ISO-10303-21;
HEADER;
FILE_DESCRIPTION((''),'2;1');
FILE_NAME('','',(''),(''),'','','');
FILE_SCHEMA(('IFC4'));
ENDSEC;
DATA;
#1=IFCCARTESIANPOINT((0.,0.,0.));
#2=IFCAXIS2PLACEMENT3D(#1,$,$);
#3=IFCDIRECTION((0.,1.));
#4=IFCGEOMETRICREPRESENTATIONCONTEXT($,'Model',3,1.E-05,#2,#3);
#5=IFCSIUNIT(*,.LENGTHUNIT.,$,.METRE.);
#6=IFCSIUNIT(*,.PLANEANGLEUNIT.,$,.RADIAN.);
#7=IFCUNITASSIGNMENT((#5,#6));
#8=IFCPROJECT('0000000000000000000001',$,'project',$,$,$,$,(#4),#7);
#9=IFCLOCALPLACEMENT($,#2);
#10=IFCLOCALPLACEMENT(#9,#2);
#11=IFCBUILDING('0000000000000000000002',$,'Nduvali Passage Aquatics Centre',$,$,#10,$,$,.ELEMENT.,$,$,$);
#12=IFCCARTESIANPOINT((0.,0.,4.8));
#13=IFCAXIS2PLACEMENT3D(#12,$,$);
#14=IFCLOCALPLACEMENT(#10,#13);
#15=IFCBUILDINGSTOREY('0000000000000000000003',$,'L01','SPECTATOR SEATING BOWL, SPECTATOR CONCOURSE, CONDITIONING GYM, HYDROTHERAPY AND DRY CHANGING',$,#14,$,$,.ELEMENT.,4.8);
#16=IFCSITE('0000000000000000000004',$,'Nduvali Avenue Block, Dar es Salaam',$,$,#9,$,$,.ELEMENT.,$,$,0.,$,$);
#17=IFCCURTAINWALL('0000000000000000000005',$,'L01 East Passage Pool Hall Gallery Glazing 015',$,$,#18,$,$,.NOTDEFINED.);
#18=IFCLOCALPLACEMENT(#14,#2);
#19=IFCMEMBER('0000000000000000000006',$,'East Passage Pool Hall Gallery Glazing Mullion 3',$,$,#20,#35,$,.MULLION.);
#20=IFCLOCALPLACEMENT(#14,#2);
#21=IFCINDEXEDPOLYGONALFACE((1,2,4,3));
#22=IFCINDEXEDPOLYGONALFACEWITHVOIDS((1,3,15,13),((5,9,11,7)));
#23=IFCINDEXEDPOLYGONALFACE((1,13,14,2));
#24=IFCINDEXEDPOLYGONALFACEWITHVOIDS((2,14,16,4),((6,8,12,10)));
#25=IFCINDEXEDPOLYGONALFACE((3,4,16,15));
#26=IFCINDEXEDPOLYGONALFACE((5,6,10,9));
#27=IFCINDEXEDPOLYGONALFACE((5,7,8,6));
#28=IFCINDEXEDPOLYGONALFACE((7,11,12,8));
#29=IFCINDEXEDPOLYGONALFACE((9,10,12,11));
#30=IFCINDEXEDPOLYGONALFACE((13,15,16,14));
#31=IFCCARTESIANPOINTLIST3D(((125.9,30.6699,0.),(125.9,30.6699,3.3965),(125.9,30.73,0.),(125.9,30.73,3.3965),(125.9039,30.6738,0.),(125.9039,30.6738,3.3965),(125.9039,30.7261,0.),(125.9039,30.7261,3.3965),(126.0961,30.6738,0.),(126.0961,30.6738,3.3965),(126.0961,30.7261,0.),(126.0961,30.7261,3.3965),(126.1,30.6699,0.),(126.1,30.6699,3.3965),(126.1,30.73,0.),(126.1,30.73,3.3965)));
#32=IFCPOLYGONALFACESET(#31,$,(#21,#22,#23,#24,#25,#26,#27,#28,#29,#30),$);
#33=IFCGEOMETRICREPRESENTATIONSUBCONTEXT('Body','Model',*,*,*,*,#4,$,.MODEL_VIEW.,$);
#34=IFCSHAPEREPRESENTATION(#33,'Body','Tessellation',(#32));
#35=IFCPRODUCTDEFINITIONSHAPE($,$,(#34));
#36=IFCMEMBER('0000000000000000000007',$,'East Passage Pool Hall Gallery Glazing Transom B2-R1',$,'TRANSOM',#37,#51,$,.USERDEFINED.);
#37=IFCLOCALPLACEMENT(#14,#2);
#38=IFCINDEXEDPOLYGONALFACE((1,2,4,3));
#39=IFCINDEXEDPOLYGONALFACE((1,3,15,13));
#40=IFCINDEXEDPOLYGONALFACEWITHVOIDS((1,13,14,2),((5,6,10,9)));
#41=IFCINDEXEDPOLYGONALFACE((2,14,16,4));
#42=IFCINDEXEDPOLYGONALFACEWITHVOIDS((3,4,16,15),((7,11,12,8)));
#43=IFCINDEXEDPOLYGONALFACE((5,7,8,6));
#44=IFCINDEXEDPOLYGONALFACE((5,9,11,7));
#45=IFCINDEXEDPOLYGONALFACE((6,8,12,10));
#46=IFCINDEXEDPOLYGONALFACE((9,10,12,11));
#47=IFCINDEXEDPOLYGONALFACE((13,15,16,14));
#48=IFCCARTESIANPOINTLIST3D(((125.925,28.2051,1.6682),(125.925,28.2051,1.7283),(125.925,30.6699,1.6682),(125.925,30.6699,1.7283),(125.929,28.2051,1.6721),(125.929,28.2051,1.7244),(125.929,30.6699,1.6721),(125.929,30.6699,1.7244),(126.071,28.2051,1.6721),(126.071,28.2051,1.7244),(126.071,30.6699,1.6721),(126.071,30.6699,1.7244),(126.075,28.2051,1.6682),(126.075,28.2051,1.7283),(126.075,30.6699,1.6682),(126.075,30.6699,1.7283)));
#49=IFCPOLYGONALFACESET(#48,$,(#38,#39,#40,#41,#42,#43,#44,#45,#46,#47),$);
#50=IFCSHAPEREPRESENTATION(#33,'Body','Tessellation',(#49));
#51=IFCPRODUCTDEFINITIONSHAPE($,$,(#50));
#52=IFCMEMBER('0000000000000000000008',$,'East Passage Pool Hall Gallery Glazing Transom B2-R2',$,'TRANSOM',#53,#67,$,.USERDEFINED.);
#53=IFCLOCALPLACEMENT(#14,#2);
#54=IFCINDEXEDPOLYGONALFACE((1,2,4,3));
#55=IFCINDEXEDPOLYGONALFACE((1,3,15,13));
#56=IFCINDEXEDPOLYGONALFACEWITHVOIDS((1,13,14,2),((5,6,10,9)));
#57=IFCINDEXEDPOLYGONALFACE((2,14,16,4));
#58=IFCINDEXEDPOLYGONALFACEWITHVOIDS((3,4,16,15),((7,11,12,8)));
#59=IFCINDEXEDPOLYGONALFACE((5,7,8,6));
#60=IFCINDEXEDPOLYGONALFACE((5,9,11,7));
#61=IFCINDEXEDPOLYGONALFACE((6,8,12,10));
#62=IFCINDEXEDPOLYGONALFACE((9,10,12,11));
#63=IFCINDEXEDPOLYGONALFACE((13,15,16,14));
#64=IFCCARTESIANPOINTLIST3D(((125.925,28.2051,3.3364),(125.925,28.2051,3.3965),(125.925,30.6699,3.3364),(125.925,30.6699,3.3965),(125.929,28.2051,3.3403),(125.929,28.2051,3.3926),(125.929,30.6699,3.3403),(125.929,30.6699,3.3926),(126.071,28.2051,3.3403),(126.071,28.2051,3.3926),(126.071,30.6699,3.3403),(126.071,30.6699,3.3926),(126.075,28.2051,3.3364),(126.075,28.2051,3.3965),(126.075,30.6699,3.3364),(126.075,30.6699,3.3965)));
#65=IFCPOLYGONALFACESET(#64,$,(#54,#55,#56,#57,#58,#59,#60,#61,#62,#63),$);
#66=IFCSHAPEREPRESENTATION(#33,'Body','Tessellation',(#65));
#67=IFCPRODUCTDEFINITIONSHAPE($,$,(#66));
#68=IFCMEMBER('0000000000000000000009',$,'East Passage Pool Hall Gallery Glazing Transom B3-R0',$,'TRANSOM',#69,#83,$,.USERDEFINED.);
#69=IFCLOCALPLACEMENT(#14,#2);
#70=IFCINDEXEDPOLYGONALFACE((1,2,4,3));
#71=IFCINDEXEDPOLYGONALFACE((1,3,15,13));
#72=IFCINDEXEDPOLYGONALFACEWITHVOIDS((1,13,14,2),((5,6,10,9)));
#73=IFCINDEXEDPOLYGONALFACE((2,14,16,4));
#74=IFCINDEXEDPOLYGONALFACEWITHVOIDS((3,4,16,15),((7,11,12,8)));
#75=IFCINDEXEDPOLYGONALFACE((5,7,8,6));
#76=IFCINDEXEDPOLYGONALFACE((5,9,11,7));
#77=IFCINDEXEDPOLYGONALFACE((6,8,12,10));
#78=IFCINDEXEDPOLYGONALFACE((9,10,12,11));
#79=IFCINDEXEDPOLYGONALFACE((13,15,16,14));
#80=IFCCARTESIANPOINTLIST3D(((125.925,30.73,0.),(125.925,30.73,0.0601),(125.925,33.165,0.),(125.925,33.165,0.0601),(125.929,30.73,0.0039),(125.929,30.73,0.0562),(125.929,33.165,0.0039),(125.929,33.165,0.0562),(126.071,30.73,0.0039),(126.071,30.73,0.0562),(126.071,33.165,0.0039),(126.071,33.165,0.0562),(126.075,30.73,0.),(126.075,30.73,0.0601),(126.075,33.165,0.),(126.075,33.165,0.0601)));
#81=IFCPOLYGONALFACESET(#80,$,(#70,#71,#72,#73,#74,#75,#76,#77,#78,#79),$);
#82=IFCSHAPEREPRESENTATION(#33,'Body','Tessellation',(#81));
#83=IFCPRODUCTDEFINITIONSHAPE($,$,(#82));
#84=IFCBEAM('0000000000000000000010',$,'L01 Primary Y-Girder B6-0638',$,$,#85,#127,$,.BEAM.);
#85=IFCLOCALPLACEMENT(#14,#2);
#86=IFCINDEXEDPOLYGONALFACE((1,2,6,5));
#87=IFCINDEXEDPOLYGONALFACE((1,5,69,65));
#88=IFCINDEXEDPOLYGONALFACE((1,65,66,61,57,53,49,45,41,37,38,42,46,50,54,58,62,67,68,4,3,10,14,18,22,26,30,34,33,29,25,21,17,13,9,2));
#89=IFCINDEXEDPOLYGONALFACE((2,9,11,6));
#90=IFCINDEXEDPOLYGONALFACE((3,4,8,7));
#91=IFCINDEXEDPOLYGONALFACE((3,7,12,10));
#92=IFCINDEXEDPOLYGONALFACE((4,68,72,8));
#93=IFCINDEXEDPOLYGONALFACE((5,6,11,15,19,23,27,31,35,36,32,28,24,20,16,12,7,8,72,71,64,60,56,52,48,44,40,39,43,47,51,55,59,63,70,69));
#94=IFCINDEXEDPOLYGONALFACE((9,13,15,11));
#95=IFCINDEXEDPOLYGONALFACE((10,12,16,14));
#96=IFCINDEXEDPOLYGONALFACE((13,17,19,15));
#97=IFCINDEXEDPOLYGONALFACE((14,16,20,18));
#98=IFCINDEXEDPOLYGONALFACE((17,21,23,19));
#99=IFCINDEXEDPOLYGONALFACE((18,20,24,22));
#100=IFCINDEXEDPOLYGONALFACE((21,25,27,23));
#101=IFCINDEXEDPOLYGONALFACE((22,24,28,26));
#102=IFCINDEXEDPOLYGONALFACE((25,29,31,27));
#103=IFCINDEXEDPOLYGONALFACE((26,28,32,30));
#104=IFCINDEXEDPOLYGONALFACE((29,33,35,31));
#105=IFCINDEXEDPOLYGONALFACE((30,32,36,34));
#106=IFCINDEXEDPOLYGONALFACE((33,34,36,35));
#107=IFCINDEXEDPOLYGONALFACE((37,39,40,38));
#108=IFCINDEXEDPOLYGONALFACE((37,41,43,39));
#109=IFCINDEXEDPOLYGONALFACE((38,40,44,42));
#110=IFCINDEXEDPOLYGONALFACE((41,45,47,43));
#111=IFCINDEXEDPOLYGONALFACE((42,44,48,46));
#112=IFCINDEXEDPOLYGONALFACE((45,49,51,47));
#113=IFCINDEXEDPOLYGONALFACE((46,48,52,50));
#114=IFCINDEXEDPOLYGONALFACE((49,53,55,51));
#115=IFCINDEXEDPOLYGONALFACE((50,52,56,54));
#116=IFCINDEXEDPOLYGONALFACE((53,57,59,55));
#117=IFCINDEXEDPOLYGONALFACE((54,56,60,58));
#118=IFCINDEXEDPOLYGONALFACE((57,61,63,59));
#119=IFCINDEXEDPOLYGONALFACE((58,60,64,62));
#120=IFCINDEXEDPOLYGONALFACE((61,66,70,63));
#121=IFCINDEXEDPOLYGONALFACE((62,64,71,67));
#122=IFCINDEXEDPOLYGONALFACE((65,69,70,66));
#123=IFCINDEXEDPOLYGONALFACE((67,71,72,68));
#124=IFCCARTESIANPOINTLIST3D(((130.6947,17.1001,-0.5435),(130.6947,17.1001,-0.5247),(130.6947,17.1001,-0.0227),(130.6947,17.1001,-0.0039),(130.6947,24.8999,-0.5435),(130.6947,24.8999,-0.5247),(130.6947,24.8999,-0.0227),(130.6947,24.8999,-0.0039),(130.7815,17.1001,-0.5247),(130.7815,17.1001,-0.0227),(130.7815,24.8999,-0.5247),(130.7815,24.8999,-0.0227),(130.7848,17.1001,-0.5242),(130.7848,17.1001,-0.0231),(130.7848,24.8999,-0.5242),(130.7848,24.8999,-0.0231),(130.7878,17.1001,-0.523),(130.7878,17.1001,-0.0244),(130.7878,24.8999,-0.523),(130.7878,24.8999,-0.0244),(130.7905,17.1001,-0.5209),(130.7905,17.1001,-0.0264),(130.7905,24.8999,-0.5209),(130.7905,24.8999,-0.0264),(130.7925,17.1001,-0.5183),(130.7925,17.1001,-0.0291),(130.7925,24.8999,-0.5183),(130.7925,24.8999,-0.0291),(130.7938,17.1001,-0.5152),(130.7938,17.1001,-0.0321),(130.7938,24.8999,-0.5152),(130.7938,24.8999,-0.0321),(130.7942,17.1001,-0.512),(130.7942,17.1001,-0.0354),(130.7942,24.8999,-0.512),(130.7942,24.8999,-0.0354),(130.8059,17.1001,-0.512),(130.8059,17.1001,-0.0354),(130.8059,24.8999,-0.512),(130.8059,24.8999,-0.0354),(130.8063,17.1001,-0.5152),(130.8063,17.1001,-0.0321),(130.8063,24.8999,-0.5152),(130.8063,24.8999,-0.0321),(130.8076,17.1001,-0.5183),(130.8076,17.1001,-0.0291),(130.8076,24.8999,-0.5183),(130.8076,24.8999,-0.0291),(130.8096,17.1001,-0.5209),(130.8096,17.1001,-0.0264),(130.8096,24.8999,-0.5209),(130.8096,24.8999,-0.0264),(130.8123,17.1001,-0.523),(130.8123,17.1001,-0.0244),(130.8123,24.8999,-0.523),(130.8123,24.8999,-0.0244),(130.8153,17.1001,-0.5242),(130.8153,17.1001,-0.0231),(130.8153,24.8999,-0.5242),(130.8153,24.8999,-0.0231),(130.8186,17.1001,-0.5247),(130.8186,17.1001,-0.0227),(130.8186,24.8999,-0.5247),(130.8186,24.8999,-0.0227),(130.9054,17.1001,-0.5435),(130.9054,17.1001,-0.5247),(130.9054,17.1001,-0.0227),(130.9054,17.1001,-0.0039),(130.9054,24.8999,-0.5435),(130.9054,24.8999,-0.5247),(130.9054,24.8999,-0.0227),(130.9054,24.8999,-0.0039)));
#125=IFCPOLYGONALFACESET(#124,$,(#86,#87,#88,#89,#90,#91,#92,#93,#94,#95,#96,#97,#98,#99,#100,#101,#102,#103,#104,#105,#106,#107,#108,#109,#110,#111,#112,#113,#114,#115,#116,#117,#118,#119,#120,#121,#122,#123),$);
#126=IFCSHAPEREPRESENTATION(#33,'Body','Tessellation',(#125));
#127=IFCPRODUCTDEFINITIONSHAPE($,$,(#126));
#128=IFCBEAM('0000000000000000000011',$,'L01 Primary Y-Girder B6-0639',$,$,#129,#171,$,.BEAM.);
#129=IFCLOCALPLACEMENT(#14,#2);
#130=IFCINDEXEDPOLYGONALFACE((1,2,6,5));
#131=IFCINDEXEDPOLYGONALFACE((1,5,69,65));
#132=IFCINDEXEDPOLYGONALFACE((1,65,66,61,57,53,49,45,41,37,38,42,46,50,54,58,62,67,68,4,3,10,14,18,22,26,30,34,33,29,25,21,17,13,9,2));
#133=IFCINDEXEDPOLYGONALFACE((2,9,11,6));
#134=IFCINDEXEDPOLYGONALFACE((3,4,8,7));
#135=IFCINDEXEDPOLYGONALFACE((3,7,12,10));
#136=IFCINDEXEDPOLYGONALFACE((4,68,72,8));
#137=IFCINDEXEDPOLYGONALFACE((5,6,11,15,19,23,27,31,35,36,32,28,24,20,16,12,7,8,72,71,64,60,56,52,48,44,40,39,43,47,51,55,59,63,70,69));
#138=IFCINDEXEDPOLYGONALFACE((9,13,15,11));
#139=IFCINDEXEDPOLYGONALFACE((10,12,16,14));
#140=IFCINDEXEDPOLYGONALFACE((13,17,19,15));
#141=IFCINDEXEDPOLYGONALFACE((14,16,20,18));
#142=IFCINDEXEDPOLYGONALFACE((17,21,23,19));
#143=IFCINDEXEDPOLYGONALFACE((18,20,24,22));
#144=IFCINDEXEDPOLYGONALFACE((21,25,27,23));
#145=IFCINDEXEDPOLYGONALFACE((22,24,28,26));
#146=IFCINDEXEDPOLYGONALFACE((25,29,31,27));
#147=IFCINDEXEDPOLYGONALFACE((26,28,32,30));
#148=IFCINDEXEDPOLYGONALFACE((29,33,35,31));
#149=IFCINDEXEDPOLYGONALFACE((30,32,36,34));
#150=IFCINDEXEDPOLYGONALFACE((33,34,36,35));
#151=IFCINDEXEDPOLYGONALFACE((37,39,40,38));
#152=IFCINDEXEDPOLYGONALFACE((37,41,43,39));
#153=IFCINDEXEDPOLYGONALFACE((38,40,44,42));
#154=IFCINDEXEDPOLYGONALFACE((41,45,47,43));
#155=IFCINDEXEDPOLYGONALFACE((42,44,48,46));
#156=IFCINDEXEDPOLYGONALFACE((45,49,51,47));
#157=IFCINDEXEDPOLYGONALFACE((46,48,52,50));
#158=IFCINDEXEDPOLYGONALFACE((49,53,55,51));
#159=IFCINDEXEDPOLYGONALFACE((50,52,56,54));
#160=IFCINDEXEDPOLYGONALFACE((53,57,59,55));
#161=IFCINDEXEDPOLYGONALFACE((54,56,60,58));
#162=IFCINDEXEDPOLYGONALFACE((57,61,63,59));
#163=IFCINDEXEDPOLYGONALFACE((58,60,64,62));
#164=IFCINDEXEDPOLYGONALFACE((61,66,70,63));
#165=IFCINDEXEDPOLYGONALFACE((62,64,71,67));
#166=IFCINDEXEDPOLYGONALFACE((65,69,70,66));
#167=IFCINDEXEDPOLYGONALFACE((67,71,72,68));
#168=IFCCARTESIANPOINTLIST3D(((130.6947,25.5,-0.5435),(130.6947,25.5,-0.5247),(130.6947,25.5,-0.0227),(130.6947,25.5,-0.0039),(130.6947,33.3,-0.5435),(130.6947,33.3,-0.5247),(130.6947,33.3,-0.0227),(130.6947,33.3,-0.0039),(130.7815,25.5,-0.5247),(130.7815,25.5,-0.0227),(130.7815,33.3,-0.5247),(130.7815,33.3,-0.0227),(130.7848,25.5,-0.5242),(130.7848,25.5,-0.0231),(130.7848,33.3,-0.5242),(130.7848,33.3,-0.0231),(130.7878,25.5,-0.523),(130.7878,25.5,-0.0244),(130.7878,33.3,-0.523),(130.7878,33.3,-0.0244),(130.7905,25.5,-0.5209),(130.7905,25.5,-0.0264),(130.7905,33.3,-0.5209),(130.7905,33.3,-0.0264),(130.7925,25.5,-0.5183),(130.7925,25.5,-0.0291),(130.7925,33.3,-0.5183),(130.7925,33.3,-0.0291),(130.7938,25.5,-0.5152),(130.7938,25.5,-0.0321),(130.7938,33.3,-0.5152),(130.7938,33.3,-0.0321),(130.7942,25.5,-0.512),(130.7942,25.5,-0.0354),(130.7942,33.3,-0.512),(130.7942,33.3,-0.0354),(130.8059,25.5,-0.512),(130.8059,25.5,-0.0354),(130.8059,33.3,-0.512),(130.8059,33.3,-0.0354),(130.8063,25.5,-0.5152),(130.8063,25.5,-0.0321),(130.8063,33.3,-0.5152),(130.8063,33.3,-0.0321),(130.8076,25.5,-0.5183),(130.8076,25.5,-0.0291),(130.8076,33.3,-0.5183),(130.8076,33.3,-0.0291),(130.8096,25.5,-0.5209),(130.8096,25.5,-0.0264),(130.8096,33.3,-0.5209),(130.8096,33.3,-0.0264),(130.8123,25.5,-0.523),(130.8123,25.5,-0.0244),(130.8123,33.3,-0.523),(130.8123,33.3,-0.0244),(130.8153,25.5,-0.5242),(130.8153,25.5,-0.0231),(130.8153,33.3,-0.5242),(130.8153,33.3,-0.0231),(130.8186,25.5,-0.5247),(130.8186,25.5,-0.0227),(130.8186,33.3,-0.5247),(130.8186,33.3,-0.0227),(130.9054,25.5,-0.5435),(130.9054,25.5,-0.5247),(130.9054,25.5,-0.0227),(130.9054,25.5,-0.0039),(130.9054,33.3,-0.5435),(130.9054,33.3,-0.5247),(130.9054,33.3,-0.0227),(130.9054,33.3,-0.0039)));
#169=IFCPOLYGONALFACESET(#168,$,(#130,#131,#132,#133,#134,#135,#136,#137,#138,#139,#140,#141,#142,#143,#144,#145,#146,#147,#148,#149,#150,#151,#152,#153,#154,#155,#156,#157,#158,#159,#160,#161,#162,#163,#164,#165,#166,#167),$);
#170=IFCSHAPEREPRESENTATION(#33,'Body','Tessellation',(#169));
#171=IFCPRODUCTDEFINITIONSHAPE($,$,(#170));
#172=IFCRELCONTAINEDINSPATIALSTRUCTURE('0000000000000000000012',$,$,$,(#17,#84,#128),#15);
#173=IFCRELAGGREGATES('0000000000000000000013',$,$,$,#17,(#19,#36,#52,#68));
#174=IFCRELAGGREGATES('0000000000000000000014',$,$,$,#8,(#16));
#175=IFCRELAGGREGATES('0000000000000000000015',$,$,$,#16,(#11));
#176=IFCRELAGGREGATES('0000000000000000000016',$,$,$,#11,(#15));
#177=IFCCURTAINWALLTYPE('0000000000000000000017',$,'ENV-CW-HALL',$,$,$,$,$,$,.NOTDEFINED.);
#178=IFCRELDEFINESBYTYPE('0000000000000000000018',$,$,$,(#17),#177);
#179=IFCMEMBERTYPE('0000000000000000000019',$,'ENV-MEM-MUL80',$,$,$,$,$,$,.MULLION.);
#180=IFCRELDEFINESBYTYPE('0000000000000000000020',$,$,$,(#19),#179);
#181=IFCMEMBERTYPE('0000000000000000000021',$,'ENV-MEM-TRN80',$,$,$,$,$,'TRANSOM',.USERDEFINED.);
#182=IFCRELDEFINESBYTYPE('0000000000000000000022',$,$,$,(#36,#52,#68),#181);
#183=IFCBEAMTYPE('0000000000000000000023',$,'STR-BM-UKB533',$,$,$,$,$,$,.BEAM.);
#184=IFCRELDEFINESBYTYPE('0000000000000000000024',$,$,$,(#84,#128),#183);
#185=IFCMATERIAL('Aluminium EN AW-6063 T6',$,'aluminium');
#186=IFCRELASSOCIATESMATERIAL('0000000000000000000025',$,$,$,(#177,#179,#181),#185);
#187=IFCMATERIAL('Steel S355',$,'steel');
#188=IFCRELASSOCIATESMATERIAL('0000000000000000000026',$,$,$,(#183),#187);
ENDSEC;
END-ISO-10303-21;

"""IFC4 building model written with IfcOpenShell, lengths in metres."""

from ifc_helpers import new_model, si_unit, direction, frame, origin, origin_2d, place, context, subcontext, project, spatial, hollow_rectangle, i_section, extrude, material, material_profile, profile_set, type_object, element, aggregate, save


model = new_model("IFC4")

# Units and contexts
model_context = context("Model", 3, precision=1e-05, world=origin(), true_north=direction((0.0, 1.0)))
body_context = subcontext(model_context, "Body", "Model", "MODEL_VIEW")
ifc_project = project(units=[si_unit("LENGTHUNIT", "METRE"), si_unit("PLANEANGLEUNIT", "RADIAN")], contexts=[model_context])

# Site, building, storey
site_placement = place(None, origin())
site = spatial("IfcSite", under=ifc_project, at=site_placement, Name="Nduvali Avenue Block, Dar es Salaam", CompositionType="ELEMENT", RefElevation=0.0)
building_placement = place(site_placement, origin())
building = spatial("IfcBuilding", under=site, at=building_placement, Name="Nduvali Passage Aquatics Centre", CompositionType="ELEMENT")
storey_placement = place(building_placement, frame((0.0, 0.0, 4.8)))
storey = spatial("IfcBuildingStorey", under=building, at=storey_placement, Name="L01", Description="SPECTATOR SEATING BOWL, SPECTATOR CONCOURSE, CONDITIONING GYM, HYDROTHERAPY AND DRY CHANGING", CompositionType="ELEMENT", Elevation=4.8)

# Curtain wall, members
ifc_material_1 = material(Name="Aluminium EN AW-6063 T6", Category="aluminium")
curtain_wall_type = type_object("IfcCurtainWallType", Name="ENV-CW-HALL", PredefinedType="NOTDEFINED", material=ifc_material_1)
curtain_wall_placement = place(storey_placement, origin())
curtain_wall = element("IfcCurtainWall", 1, at=curtain_wall_placement, inside=storey, type_object=curtain_wall_type, Name="L01 East Passage Pool Hall Gallery Glazing 015", PredefinedType="NOTDEFINED")
ifc_material_profile_1 = material_profile(ifc_material_1, hollow_rectangle(XDim=0.0601, YDim=0.2, WallThickness=0.0039, at=origin_2d()), Name="ALU MULLION 60x200x4")
ifc_profile_set_1 = profile_set([ifc_material_profile_1], Name="Aluminium EN AW-6063 T6")
member_type_1 = type_object("IfcMemberType", Name="ENV-MEM-MUL80", PredefinedType="MULLION", material=ifc_profile_set_1)
member_1_placement = place(storey_placement, frame((126.0, 30.7, 0.0), z_axis=(0.0, 0.0, 1.0), x_axis=(0.0, 1.0, 0.0)))
member_1 = element("IfcMember", 2, at=member_1_placement, type_object=member_type_1, Name="East Passage Pool Hall Gallery Glazing Mullion 3", PredefinedType="MULLION", context=body_context, shape_type="SweptSolid", body=[
    extrude(hollow_rectangle(XDim=0.0601, YDim=0.2, WallThickness=0.0039, at=origin_2d()), origin(), (0.0, 0.0, 1.0), 3.3965),
])
ifc_material_profile_2 = material_profile(ifc_material_1, hollow_rectangle(XDim=0.1499, YDim=0.0601, WallThickness=0.0039, at=origin_2d()), Name="ALU TRANSOM 150x60x4")
ifc_profile_set_2 = profile_set([ifc_material_profile_2], Name="Aluminium EN AW-6063 T6")
member_type_2 = type_object("IfcMemberType", Name="ENV-MEM-TRN80", ElementType="TRANSOM", PredefinedType="USERDEFINED", material=ifc_profile_set_2)
member_2_placement = place(storey_placement, frame((126.0, 28.2051, 1.6982), z_axis=(0.0, 1.0, 0.0), x_axis=(-1.0, 0.0, 0.0)))
member_2 = element("IfcMember", 3, at=member_2_placement, type_object=member_type_2, Name="East Passage Pool Hall Gallery Glazing Transom B2-R1", ObjectType="TRANSOM", PredefinedType="USERDEFINED", context=body_context, shape_type="SweptSolid", body=[
    extrude(hollow_rectangle(XDim=0.1499, YDim=0.0601, WallThickness=0.0039, at=origin_2d()), origin(), (0.0, 0.0, 1.0), 2.4648),
])
member_3_placement = place(storey_placement, frame((126.0, 28.2051, 3.3665), z_axis=(0.0, 1.0, 0.0), x_axis=(-1.0, 0.0, 0.0)))
member_3 = element("IfcMember", 4, at=member_3_placement, type_object=member_type_2, Name="East Passage Pool Hall Gallery Glazing Transom B2-R2", ObjectType="TRANSOM", PredefinedType="USERDEFINED", context=body_context, shape_type="SweptSolid", body=[
    extrude(hollow_rectangle(XDim=0.1499, YDim=0.0601, WallThickness=0.0039, at=origin_2d()), origin(), (0.0, 0.0, 1.0), 2.4648),
])
member_4_placement = place(storey_placement, frame((126.0, 30.73, 0.03), z_axis=(0.0, 1.0, 0.0), x_axis=(-1.0, 0.0, 0.0)))
member_4 = element("IfcMember", 5, at=member_4_placement, type_object=member_type_2, Name="East Passage Pool Hall Gallery Glazing Transom B3-R0", ObjectType="TRANSOM", PredefinedType="USERDEFINED", context=body_context, shape_type="SweptSolid", body=[
    extrude(hollow_rectangle(XDim=0.1499, YDim=0.0601, WallThickness=0.0039, at=origin_2d()), origin(), (0.0, 0.0, 1.0), 2.4351),
])

# Beams
ifc_material_2 = material(Name="Steel S355", Category="steel")
ifc_material_profile_3 = material_profile(ifc_material_2, i_section(OverallWidth=0.2107, OverallDepth=0.5396, WebThickness=0.0117, FlangeThickness=0.0188, FilletRadius=0.0127, at=origin_2d()), Name="UKB 533x210x109")
ifc_profile_set_3 = profile_set([ifc_material_profile_3], Name="Steel S355")
beam_type_1 = type_object("IfcBeamType", Name="STR-BM-UKB533", PredefinedType="BEAM", material=ifc_profile_set_3)
beam_1_placement = place(storey_placement, frame((130.8, 17.1001, -0.2737), z_axis=(0.0, 1.0, 0.0), x_axis=(-1.0, 0.0, 0.0)))
element("IfcBeam", 6, at=beam_1_placement, inside=storey, type_object=beam_type_1, Name="L01 Primary Y-Girder B6-0638", PredefinedType="BEAM", context=body_context, shape_type="SweptSolid", body=[
    extrude(i_section(OverallWidth=0.2107, OverallDepth=0.5396, WebThickness=0.0117, FlangeThickness=0.0188, FilletRadius=0.0127, at=origin_2d()), origin(), (0.0, 0.0, 1.0), 7.7998),
])
beam_2_placement = place(storey_placement, frame((130.8, 25.5, -0.2737), z_axis=(0.0, 1.0, 0.0), x_axis=(-1.0, 0.0, 0.0)))
element("IfcBeam", 7, at=beam_2_placement, inside=storey, type_object=beam_type_1, Name="L01 Primary Y-Girder B6-0639", PredefinedType="BEAM", context=body_context, shape_type="SweptSolid", body=[
    extrude(i_section(OverallWidth=0.2107, OverallDepth=0.5396, WebThickness=0.0117, FlangeThickness=0.0188, FilletRadius=0.0127, at=origin_2d()), origin(), (0.0, 0.0, 1.0), 7.8),
])

aggregate(curtain_wall, [member_1, member_2, member_3, member_4])

save(model, "model.ifc")
